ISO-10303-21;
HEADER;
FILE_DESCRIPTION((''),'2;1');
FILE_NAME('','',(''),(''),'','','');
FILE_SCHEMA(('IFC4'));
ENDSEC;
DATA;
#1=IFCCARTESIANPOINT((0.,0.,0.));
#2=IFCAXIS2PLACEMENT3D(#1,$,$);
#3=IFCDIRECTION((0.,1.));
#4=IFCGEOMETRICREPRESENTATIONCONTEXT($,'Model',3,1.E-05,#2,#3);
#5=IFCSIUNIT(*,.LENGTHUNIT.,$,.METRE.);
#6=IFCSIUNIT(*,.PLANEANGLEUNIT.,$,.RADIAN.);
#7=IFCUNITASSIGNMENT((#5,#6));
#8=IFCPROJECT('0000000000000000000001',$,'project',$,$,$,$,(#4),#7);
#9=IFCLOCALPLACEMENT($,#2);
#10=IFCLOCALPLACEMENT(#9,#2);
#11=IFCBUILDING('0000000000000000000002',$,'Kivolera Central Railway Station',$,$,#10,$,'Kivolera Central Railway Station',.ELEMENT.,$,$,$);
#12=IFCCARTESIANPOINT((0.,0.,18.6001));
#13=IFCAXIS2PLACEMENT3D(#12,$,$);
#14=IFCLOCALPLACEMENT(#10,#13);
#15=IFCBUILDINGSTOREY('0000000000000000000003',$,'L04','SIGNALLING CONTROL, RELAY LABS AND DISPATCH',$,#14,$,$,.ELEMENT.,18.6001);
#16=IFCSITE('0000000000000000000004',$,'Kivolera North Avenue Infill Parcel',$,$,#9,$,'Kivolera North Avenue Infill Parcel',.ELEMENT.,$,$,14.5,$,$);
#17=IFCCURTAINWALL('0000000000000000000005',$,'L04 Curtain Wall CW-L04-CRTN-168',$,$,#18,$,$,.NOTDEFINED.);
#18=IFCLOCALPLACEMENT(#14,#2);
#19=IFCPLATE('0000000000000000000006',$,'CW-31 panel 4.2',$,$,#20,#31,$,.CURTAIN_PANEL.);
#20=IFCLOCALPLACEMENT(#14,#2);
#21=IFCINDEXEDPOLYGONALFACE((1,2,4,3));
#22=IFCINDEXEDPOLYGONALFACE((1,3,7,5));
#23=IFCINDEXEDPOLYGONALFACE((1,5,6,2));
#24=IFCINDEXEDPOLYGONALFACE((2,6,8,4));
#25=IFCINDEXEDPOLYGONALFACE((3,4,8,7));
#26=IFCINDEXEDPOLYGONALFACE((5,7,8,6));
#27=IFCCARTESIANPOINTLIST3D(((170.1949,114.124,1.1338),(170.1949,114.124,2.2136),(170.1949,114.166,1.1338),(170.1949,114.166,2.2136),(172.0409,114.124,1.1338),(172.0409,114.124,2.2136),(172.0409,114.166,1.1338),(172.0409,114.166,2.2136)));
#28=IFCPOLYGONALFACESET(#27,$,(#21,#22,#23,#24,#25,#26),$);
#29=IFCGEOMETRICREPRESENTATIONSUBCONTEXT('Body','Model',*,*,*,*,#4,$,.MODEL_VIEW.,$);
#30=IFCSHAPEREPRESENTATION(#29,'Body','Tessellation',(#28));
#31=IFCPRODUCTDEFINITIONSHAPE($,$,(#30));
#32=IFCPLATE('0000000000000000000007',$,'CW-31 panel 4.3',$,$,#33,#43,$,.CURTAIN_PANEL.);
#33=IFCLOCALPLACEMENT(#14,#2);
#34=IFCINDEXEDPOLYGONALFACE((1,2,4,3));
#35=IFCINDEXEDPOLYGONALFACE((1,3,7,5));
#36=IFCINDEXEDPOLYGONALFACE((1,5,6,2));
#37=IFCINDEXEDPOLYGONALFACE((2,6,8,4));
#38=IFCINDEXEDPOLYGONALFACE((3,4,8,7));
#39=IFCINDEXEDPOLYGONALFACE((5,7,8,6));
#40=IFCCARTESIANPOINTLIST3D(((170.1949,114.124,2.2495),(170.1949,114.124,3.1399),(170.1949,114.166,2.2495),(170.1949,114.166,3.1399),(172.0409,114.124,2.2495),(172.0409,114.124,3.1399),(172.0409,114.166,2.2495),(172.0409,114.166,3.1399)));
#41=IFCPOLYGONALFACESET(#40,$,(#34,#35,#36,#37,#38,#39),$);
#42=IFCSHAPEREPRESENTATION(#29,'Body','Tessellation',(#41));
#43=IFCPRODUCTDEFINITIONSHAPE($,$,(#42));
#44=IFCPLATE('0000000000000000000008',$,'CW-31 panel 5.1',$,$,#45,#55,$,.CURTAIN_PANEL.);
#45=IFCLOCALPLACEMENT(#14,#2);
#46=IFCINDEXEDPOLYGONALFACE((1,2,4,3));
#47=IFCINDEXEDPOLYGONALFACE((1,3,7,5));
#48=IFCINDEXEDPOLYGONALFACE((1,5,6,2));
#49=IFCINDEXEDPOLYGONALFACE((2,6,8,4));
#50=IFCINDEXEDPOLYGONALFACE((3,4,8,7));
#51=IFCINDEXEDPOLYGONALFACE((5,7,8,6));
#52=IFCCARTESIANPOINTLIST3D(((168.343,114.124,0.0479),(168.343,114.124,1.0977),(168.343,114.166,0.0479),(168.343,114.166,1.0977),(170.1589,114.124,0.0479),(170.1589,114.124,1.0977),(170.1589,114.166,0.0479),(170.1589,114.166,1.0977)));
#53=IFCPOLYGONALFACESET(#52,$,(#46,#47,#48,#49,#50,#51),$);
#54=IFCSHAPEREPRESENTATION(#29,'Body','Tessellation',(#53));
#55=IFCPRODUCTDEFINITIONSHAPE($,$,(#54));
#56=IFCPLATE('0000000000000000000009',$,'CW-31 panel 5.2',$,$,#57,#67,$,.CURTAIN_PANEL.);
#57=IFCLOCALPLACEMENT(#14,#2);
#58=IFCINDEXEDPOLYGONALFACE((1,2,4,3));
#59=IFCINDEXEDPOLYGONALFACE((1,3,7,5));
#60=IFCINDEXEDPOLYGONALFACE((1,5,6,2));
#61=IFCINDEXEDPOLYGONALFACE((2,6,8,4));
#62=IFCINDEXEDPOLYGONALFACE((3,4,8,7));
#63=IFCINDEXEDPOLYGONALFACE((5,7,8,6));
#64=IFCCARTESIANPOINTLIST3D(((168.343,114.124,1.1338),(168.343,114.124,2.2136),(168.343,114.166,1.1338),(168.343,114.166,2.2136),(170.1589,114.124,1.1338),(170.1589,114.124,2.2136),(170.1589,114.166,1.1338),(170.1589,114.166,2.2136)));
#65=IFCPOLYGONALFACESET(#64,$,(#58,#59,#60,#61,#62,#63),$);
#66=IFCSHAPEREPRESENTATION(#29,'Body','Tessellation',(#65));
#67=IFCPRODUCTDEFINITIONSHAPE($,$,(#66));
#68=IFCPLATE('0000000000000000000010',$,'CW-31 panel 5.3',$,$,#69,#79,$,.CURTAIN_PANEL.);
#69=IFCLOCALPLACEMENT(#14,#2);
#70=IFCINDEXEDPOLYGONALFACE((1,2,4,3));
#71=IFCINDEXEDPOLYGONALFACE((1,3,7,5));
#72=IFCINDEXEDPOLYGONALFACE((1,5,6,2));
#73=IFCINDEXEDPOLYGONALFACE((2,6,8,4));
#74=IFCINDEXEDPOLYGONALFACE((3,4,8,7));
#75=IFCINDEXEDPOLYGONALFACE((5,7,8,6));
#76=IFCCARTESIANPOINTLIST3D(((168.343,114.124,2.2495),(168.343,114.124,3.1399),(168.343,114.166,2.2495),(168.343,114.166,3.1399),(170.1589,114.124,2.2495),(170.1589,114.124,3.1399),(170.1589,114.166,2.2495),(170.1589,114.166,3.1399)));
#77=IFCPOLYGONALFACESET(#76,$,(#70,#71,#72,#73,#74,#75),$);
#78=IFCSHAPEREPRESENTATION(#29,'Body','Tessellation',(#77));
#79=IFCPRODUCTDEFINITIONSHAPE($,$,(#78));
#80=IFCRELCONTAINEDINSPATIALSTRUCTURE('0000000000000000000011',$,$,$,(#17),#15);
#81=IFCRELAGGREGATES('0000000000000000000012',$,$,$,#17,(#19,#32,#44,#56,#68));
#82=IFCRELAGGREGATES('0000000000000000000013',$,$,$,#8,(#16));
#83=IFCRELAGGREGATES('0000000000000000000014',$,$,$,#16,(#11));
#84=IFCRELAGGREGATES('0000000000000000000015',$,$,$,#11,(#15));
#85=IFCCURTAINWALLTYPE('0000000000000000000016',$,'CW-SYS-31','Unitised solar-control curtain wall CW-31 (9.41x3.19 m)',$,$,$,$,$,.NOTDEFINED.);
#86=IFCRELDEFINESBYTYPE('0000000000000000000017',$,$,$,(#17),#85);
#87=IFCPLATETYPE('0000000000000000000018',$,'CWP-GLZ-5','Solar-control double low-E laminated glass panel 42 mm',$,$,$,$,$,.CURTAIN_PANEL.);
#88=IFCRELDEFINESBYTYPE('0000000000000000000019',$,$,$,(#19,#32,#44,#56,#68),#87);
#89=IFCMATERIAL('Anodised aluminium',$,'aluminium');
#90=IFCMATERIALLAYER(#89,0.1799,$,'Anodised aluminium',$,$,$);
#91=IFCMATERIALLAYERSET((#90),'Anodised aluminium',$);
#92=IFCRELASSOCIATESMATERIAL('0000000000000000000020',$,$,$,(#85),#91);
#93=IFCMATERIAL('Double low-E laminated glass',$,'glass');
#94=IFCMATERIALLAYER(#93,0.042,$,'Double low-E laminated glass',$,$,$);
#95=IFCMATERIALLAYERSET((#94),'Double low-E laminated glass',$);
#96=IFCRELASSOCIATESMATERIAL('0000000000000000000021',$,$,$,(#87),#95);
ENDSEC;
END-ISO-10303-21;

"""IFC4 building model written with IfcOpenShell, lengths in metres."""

from ifc_helpers import new_model, si_unit, direction, frame, origin, origin_2d, place, context, subcontext, project, spatial, rectangle, extrude, material, layer, layer_set, type_object, element, aggregate, save


model = new_model("IFC4")

# Units and contexts
model_context = context("Model", 3, precision=1e-05, world=origin(), true_north=direction((0.0, 1.0)))
body_context = subcontext(model_context, "Body", "Model", "MODEL_VIEW")
ifc_project = project(units=[si_unit("LENGTHUNIT", "METRE"), si_unit("PLANEANGLEUNIT", "RADIAN")], contexts=[model_context])

# Site, building, storey
site_placement = place(None, origin())
site = spatial("IfcSite", under=ifc_project, at=site_placement, Name="Kivolera North Avenue Infill Parcel", LongName="Kivolera North Avenue Infill Parcel", CompositionType="ELEMENT", RefElevation=14.5)
building_placement = place(site_placement, origin())
building = spatial("IfcBuilding", under=site, at=building_placement, Name="Kivolera Central Railway Station", LongName="Kivolera Central Railway Station", CompositionType="ELEMENT")
storey_placement = place(building_placement, frame((0.0, 0.0, 18.6001)))
storey = spatial("IfcBuildingStorey", under=building, at=storey_placement, Name="L04", Description="SIGNALLING CONTROL, RELAY LABS AND DISPATCH", CompositionType="ELEMENT", Elevation=18.6001)

# Curtain wall
ifc_material_1 = material(Name="Anodised aluminium", Category="aluminium")
ifc_layer_1 = layer(ifc_material_1, 0.1799, Name="Anodised aluminium")
ifc_layer_set_1 = layer_set([ifc_layer_1], Name="Anodised aluminium")
curtain_wall_type = type_object("IfcCurtainWallType", Name="CW-SYS-31", Description="Unitised solar-control curtain wall CW-31 (9.41x3.19 m)", PredefinedType="NOTDEFINED", material=ifc_layer_set_1)
curtain_wall_1_placement = place(storey_placement, origin())
curtain_wall_1 = element("IfcCurtainWall", 1, at=curtain_wall_1_placement, inside=storey, type_object=curtain_wall_type, Name="L04 Curtain Wall CW-L04-CRTN-168", PredefinedType="NOTDEFINED")

# Plates
ifc_material_2 = material(Name="Double low-E laminated glass", Category="glass")
ifc_layer_2 = layer(ifc_material_2, 0.042, Name="Double low-E laminated glass")
ifc_layer_set_2 = layer_set([ifc_layer_2], Name="Double low-E laminated glass")
plate_type_1 = type_object("IfcPlateType", Name="CWP-GLZ-5", Description="Solar-control double low-E laminated glass panel 42 mm", PredefinedType="CURTAIN_PANEL", material=ifc_layer_set_2)
plate_1_placement = place(storey_placement, frame((171.1179, 114.145, 1.1338), z_axis=(0.0, 0.0, 1.0), x_axis=(-1.0, 0.0, 0.0)))
plate_1 = element("IfcPlate", 2, at=plate_1_placement, type_object=plate_type_1, Name="CW-31 panel 4.2", PredefinedType="CURTAIN_PANEL", context=body_context, shape_type="SweptSolid", body=[
    extrude(rectangle(XDim=1.8459, YDim=0.042, at=origin_2d()), origin(), (0.0, 0.0, 1.0), 1.0798),
])
plate_2_placement = place(storey_placement, frame((171.1179, 114.145, 2.2495), z_axis=(0.0, 0.0, 1.0), x_axis=(-1.0, 0.0, 0.0)))
plate_2 = element("IfcPlate", 3, at=plate_2_placement, type_object=plate_type_1, Name="CW-31 panel 4.3", PredefinedType="CURTAIN_PANEL", context=body_context, shape_type="SweptSolid", body=[
    extrude(rectangle(XDim=1.8459, YDim=0.042, at=origin_2d()), origin(), (0.0, 0.0, 1.0), 0.8904),
])
plate_3_placement = place(storey_placement, frame((169.251, 114.145, 0.0479), z_axis=(0.0, 0.0, 1.0), x_axis=(-1.0, 0.0, 0.0)))
plate_3 = element("IfcPlate", 4, at=plate_3_placement, type_object=plate_type_1, Name="CW-31 panel 5.1", PredefinedType="CURTAIN_PANEL", context=body_context, shape_type="SweptSolid", body=[
    extrude(rectangle(XDim=1.8159, YDim=0.042, at=origin_2d()), origin(), (0.0, 0.0, 1.0), 1.0498),
])
plate_4_placement = place(storey_placement, frame((169.251, 114.145, 1.1338), z_axis=(0.0, 0.0, 1.0), x_axis=(-1.0, 0.0, 0.0)))
plate_4 = element("IfcPlate", 5, at=plate_4_placement, type_object=plate_type_1, Name="CW-31 panel 5.2", PredefinedType="CURTAIN_PANEL", context=body_context, shape_type="SweptSolid", body=[
    extrude(rectangle(XDim=1.8159, YDim=0.042, at=origin_2d()), origin(), (0.0, 0.0, 1.0), 1.0798),
])
plate_5_placement = place(storey_placement, frame((169.251, 114.145, 2.2495), z_axis=(0.0, 0.0, 1.0), x_axis=(-1.0, 0.0, 0.0)))
plate_5 = element("IfcPlate", 6, at=plate_5_placement, type_object=plate_type_1, Name="CW-31 panel 5.3", PredefinedType="CURTAIN_PANEL", context=body_context, shape_type="SweptSolid", body=[
    extrude(rectangle(XDim=1.8159, YDim=0.042, at=origin_2d()), origin(), (0.0, 0.0, 1.0), 0.8904),
])
aggregate(curtain_wall_1, [plate_1, plate_2, plate_3, plate_4, plate_5])

save(model, "model.ifc")
